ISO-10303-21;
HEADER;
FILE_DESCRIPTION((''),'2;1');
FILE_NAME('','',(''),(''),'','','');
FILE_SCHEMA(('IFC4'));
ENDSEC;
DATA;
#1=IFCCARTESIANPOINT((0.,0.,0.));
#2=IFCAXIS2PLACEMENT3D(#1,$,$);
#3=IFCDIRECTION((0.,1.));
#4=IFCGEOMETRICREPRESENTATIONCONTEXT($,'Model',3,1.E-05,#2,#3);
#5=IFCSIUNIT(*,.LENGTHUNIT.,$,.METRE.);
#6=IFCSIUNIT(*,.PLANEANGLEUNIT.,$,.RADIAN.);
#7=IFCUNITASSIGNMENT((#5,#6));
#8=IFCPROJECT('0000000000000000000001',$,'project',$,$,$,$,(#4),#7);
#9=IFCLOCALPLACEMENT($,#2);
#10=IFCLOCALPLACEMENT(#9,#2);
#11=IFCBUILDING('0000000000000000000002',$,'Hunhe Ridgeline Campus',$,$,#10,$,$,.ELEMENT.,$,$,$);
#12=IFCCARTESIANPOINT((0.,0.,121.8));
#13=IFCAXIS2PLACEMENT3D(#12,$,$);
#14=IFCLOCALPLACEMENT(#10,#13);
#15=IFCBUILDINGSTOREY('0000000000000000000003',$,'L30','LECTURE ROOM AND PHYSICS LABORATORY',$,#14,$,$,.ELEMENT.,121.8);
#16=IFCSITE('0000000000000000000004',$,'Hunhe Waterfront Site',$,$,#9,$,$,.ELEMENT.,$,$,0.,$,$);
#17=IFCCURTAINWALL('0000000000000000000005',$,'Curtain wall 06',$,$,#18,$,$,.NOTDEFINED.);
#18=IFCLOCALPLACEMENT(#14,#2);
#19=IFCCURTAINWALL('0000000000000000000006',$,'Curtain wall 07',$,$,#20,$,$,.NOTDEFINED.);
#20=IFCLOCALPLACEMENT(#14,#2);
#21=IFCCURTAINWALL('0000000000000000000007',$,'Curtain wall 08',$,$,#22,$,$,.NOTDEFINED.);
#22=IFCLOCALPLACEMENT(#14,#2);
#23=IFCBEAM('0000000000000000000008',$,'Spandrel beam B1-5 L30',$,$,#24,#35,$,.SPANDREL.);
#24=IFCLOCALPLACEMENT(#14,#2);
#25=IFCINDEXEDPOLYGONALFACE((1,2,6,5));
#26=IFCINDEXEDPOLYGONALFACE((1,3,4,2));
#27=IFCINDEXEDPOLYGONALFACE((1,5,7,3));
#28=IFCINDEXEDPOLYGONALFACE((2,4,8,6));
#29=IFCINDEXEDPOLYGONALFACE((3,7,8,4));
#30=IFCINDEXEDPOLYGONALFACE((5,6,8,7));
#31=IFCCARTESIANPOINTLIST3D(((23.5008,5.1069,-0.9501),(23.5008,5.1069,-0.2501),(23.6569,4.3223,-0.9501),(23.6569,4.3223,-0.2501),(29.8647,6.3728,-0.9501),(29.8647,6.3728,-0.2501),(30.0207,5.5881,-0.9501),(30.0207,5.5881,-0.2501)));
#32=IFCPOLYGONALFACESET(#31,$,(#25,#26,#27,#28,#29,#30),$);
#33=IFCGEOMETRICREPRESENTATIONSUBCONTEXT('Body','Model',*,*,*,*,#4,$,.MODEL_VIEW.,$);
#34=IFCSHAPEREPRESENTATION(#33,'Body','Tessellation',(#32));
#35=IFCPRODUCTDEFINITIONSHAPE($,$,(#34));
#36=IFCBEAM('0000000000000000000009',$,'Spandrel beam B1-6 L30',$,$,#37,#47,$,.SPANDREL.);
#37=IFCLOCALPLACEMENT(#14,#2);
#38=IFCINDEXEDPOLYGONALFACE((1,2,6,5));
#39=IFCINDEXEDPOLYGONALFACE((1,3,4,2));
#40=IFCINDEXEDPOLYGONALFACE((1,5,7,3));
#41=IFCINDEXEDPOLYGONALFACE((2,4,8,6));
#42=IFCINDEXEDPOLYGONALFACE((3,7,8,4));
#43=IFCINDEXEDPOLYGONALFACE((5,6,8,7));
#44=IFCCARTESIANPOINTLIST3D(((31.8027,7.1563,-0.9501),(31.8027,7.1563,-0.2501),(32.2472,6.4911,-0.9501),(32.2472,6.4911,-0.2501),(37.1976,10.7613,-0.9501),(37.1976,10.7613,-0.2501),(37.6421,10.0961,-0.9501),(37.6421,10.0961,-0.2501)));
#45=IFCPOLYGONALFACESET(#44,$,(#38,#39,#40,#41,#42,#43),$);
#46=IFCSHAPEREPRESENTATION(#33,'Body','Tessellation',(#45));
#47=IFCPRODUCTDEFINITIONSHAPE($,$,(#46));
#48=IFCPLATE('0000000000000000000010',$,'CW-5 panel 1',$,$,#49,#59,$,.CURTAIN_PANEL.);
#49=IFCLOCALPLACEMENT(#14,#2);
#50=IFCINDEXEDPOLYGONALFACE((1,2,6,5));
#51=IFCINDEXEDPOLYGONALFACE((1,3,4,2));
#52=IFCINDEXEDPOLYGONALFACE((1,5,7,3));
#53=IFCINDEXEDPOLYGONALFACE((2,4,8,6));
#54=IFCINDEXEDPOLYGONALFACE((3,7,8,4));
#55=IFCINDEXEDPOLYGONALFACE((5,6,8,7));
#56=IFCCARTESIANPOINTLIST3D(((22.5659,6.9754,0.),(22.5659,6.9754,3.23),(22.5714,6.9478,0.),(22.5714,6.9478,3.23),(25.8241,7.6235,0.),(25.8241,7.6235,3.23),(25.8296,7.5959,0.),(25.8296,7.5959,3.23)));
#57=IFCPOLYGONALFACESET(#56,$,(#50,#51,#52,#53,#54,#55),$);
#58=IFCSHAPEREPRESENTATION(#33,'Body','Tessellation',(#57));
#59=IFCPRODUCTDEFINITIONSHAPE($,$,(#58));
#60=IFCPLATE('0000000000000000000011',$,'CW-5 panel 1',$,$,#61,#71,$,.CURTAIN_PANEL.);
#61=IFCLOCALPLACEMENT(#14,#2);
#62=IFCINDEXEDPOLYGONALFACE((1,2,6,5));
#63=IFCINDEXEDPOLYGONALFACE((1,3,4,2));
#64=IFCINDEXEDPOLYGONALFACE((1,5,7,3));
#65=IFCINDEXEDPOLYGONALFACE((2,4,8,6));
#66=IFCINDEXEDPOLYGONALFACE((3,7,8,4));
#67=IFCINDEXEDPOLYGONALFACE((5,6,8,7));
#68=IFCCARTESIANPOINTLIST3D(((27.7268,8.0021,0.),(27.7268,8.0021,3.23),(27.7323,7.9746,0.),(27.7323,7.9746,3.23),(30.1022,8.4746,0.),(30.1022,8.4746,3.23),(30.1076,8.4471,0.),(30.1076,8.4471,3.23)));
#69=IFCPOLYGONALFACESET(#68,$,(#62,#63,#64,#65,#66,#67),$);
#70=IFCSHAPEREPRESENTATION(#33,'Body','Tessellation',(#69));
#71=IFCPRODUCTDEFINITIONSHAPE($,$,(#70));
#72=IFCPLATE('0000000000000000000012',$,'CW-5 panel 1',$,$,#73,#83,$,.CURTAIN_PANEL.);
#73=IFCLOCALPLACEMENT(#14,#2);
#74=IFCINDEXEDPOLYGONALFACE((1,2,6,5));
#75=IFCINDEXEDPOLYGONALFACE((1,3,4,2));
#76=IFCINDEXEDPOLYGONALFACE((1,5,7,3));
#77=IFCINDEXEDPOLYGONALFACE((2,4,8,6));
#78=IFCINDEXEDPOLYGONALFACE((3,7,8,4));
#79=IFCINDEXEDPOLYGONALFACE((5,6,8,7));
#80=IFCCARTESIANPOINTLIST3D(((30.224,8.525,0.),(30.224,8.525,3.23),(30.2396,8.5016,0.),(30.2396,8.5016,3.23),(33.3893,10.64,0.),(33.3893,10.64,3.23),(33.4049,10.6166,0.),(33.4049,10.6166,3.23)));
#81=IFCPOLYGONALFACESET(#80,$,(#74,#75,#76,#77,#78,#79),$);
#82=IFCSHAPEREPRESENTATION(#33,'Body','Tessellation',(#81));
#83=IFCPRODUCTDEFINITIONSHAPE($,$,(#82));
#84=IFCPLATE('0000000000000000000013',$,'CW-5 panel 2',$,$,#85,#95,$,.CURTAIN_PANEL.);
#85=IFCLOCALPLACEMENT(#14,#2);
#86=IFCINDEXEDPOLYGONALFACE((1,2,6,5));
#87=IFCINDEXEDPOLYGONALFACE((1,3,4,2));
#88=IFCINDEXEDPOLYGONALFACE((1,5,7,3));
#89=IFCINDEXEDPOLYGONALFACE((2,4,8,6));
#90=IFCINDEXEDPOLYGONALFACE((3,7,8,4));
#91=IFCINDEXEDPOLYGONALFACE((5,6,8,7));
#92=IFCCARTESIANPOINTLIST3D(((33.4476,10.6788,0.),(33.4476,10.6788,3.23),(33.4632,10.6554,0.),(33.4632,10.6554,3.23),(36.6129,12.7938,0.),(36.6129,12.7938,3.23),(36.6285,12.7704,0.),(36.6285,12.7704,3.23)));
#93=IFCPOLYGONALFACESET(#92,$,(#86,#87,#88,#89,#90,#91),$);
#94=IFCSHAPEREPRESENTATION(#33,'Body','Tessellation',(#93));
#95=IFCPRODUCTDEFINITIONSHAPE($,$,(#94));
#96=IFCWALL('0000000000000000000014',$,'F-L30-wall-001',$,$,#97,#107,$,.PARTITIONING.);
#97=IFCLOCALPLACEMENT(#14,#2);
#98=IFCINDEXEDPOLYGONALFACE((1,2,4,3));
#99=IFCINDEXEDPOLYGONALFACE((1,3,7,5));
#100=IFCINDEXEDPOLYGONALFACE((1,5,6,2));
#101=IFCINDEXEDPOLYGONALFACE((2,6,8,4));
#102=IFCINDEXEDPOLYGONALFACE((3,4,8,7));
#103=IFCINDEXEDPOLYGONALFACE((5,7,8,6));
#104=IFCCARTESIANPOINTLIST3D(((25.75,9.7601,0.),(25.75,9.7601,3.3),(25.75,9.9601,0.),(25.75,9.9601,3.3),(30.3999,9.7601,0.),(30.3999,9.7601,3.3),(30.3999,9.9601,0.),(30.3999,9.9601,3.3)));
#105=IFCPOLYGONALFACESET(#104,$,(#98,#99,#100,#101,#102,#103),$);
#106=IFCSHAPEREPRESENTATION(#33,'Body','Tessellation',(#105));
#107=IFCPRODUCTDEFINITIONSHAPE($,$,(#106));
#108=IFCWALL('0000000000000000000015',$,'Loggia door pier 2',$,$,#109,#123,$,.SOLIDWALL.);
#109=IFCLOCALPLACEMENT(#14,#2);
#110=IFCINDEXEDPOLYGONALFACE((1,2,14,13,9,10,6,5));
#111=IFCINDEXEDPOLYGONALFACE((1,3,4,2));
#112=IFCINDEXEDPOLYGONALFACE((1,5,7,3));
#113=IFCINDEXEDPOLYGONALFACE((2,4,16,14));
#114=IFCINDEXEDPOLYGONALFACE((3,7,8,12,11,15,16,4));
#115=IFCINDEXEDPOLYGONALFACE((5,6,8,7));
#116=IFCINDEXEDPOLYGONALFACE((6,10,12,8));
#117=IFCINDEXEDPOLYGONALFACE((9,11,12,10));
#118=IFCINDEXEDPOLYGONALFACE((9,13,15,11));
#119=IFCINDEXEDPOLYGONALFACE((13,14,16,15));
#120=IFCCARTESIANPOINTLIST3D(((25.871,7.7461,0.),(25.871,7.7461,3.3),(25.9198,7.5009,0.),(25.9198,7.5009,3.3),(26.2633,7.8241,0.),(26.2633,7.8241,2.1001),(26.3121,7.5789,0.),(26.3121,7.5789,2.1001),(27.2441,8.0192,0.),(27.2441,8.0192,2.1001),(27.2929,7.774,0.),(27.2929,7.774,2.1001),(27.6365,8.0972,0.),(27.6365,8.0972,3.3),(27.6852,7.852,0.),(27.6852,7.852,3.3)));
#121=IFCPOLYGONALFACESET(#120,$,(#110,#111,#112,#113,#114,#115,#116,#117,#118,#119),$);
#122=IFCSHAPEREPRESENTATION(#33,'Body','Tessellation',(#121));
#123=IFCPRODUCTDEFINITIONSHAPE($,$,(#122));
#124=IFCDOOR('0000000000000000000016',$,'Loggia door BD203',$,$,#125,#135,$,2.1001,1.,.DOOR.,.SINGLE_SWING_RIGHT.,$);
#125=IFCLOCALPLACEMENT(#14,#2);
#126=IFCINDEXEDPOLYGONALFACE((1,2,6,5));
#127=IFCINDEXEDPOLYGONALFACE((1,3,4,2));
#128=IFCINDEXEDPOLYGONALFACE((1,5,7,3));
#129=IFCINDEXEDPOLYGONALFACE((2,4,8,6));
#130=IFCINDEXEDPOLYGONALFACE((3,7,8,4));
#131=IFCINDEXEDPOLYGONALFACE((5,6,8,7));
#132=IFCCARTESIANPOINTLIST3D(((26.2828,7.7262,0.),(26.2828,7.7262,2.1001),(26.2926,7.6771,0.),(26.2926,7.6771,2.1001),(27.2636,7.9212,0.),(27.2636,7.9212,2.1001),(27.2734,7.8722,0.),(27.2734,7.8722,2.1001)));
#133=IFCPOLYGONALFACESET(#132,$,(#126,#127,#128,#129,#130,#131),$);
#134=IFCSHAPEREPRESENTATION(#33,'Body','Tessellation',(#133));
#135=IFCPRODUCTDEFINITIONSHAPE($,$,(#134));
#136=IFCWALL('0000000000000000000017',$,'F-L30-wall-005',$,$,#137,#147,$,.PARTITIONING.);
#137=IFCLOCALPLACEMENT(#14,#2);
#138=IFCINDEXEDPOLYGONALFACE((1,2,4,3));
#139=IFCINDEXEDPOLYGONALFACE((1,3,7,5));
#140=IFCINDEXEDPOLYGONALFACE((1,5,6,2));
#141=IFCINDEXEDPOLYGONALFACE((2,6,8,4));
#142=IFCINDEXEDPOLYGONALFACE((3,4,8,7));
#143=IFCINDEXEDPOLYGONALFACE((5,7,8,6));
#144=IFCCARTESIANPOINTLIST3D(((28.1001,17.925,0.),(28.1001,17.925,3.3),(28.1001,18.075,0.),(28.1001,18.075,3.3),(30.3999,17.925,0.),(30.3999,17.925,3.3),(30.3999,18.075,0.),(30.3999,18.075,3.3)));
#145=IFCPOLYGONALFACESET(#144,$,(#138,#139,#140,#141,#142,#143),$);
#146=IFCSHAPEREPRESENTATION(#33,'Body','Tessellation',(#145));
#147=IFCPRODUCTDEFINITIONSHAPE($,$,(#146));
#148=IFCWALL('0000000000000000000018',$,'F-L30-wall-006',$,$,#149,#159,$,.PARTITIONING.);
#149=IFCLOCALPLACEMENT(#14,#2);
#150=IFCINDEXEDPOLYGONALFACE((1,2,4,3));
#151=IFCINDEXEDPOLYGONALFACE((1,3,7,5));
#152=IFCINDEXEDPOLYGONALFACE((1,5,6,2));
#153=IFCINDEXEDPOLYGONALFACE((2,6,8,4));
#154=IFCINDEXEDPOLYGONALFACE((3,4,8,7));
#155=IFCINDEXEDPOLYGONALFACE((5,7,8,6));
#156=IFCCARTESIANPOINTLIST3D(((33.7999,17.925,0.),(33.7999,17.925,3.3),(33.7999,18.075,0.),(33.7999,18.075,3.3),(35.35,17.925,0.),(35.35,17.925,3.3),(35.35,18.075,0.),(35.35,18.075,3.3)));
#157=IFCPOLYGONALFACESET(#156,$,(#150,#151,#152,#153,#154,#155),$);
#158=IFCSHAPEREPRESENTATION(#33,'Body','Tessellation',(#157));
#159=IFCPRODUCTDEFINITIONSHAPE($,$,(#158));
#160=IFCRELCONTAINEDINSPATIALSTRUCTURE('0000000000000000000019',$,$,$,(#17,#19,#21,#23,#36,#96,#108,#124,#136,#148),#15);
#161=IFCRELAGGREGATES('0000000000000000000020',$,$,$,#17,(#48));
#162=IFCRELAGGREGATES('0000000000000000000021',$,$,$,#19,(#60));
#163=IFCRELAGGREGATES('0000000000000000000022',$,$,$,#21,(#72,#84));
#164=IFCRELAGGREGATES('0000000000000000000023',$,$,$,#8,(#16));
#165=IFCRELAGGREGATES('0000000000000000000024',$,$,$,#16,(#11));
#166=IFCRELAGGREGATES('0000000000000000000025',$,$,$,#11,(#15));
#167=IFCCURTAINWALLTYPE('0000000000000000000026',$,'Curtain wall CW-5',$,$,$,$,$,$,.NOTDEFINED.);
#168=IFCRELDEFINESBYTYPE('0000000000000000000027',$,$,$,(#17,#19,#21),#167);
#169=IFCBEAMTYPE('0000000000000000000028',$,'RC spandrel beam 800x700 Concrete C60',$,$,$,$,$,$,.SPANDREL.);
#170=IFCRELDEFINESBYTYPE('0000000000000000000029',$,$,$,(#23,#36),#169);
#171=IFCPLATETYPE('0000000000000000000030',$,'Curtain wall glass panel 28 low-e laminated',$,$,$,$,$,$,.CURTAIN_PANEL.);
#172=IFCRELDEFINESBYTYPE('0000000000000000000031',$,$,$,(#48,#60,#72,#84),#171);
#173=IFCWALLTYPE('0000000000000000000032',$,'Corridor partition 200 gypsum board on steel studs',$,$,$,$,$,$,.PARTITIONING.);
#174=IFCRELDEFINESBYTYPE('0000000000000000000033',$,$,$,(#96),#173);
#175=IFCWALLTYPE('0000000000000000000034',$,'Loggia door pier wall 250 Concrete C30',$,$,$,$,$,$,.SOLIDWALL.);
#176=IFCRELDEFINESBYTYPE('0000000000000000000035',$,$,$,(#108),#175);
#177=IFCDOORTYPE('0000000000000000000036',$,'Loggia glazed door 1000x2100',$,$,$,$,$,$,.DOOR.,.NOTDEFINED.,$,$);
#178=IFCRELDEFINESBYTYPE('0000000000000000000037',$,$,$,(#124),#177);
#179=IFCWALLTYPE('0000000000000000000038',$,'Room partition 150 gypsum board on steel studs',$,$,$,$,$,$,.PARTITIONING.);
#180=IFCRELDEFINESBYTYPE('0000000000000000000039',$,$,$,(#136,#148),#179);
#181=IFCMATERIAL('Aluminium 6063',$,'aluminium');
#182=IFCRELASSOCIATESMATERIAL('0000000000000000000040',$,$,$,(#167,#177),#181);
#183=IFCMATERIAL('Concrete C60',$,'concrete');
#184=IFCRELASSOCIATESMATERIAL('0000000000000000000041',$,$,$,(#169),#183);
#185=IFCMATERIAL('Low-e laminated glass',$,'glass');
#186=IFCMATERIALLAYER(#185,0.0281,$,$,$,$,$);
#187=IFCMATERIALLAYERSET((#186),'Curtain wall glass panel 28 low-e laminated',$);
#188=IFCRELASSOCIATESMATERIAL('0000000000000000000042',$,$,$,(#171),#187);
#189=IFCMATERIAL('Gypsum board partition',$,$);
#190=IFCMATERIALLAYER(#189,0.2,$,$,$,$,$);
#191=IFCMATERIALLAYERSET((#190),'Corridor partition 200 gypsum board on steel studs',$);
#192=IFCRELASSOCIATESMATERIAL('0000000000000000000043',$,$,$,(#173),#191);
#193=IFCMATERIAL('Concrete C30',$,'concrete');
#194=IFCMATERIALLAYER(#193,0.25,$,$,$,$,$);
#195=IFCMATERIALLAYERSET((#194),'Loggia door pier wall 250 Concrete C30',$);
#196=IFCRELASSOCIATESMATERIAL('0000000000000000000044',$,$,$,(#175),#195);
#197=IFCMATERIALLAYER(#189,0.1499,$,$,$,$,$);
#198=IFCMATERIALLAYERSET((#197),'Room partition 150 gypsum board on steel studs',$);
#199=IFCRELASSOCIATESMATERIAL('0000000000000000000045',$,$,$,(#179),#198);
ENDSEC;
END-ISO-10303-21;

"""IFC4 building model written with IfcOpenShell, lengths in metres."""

from ifc_helpers import new_model, si_unit, direction, frame, frame_2d, origin, origin_2d, place, context, subcontext, project, spatial, rectangle, extrude, material, layer, layer_set, material_profile, profile_set, type_object, element, fill, aggregate, save


model = new_model("IFC4")

# Units and contexts
model_context = context("Model", 3, precision=1e-05, world=origin(), true_north=direction((0.0, 1.0)))
body_context = subcontext(model_context, "Body", "Model", "MODEL_VIEW")
ifc_project = project(units=[si_unit("LENGTHUNIT", "METRE"), si_unit("PLANEANGLEUNIT", "RADIAN")], contexts=[model_context])

# Site, building, storey
site_placement = place(None, origin())
site = spatial("IfcSite", under=ifc_project, at=site_placement, Name="Hunhe Waterfront Site", CompositionType="ELEMENT", RefElevation=0.0)
building_placement = place(site_placement, origin())
building = spatial("IfcBuilding", under=site, at=building_placement, Name="Hunhe Ridgeline Campus", CompositionType="ELEMENT")
storey_placement = place(building_placement, frame((0.0, 0.0, 121.8)))
storey = spatial("IfcBuildingStorey", under=building, at=storey_placement, Name="L30", Description="LECTURE ROOM AND PHYSICS LABORATORY", CompositionType="ELEMENT", Elevation=121.8)

# Shared definitions
ifc_material_1 = material(Name="Aluminium 6063", Category="aluminium")
curtain_wall_type = type_object("IfcCurtainWallType", Name="Curtain wall CW-5", PredefinedType="NOTDEFINED", material=ifc_material_1)

# Curtain walls
curtain_wall_1_placement = place(storey_placement, origin())
curtain_wall_1 = element("IfcCurtainWall", 1, at=curtain_wall_1_placement, inside=storey, type_object=curtain_wall_type, Name="Curtain wall 06", PredefinedType="NOTDEFINED")
curtain_wall_2_placement = place(storey_placement, origin())
curtain_wall_2 = element("IfcCurtainWall", 2, at=curtain_wall_2_placement, inside=storey, type_object=curtain_wall_type, Name="Curtain wall 07", PredefinedType="NOTDEFINED")
curtain_wall_3_placement = place(storey_placement, origin())
curtain_wall_3 = element("IfcCurtainWall", 3, at=curtain_wall_3_placement, inside=storey, type_object=curtain_wall_type, Name="Curtain wall 08", PredefinedType="NOTDEFINED")

# Beams
ifc_material_2 = material(Name="Concrete C60", Category="concrete")
ifc_material_profile_1 = material_profile(ifc_material_2, rectangle(XDim=0.8, YDim=0.7, at=origin_2d()))
ifc_profile_set_1 = profile_set([ifc_material_profile_1], Name="Concrete C60")
beam_type = type_object("IfcBeamType", Name="RC spandrel beam 800x700 Concrete C60", PredefinedType="SPANDREL", material=ifc_profile_set_1)
for number, where, z_axis, x_axis, name in (
    (4, (23.5789, 4.7146, -0.6001), (0.980784, 0.195096, 0.0), (-0.195096, 0.980784, 0.0), "Spandrel beam B1-5 L30"),
    (5, (32.0249, 6.8237, -0.6001), (0.831459, 0.555586, 0.0), (-0.555586, 0.831459, 0.0), "Spandrel beam B1-6 L30"),
):
    element("IfcBeam", number, at=place(storey_placement, frame(where, z_axis=z_axis, x_axis=x_axis)), inside=storey, type_object=beam_type, Name=name, PredefinedType="SPANDREL", context=body_context, shape_type="SweptSolid", body=[
        extrude(rectangle(XDim=0.8, YDim=0.7, at=origin_2d()), origin(), (0.0, 0.0, 1.0), 6.4885),
    ])

# Plates
ifc_material_3 = material(Name="Low-e laminated glass", Category="glass")
ifc_layer_1 = layer(ifc_material_3, 0.0281)
ifc_layer_set_1 = layer_set([ifc_layer_1], Name="Curtain wall glass panel 28 low-e laminated")
plate_type = type_object("IfcPlateType", Name="Curtain wall glass panel 28 low-e laminated", PredefinedType="CURTAIN_PANEL", material=ifc_layer_set_1)
plate_1_placement = place(storey_placement, frame((24.1978, 7.2856, 0.0), z_axis=(0.0, 0.0, 1.0), x_axis=(0.980785, 0.19509, 0.0)))
plate_1 = element("IfcPlate", 6, at=plate_1_placement, type_object=plate_type, Name="CW-5 panel 1", PredefinedType="CURTAIN_PANEL", context=body_context, shape_type="SweptSolid", body=[
    extrude(rectangle(XDim=3.322, YDim=0.0281, at=origin_2d()), origin(), (0.0, 0.0, 1.0), 3.23),
])
aggregate(curtain_wall_1, [plate_1])
plate_2_placement = place(storey_placement, frame((28.9172, 8.2246, 0.0), z_axis=(0.0, 0.0, 1.0), x_axis=(0.980785, 0.195091, 0.0)))
plate_2 = element("IfcPlate", 7, at=plate_2_placement, type_object=plate_type, Name="CW-5 panel 1", PredefinedType="CURTAIN_PANEL", context=body_context, shape_type="SweptSolid", body=[
    extrude(rectangle(XDim=2.4219, YDim=0.0281, at=origin_2d()), origin(), (0.0, 0.0, 1.0), 3.23),
])
aggregate(curtain_wall_2, [plate_2])
plate_3_placement = place(storey_placement, frame((31.8145, 9.5708, 0.0), z_axis=(0.0, 0.0, 1.0), x_axis=(0.83147, 0.55557, 0.0)))
plate_3 = element("IfcPlate", 8, at=plate_3_placement, type_object=plate_type, Name="CW-5 panel 1", PredefinedType="CURTAIN_PANEL", context=body_context, shape_type="SweptSolid", body=[
    extrude(rectangle(XDim=3.8069, YDim=0.0281, at=origin_2d()), origin(), (0.0, 0.0, 1.0), 3.23),
])
plate_4_placement = place(storey_placement, frame((35.0381, 11.7246, 0.0), z_axis=(0.0, 0.0, 1.0), x_axis=(0.83147, 0.55557, 0.0)))
plate_4 = element("IfcPlate", 9, at=plate_4_placement, type_object=plate_type, Name="CW-5 panel 2", PredefinedType="CURTAIN_PANEL", context=body_context, shape_type="SweptSolid", body=[
    extrude(rectangle(XDim=3.8069, YDim=0.0281, at=origin_2d()), origin(), (0.0, 0.0, 1.0), 3.23),
])
aggregate(curtain_wall_3, [plate_3, plate_4])

# Wall
ifc_material_4 = material(Name="Gypsum board partition")
ifc_layer_2 = layer(ifc_material_4, 0.2)
ifc_layer_set_2 = layer_set([ifc_layer_2], Name="Corridor partition 200 gypsum board on steel studs")
wall_type_1 = type_object("IfcWallType", Name="Corridor partition 200 gypsum board on steel studs", PredefinedType="PARTITIONING", material=ifc_layer_set_2)
wall_1_placement = place(storey_placement, frame((25.75, 9.8601, 0.0), z_axis=(0.0, 0.0, 1.0), x_axis=(1.0, 0.0, 0.0)))
element("IfcWall", 10, at=wall_1_placement, inside=storey, type_object=wall_type_1, Name="F-L30-wall-001", PredefinedType="PARTITIONING", context=body_context, shape_type="SweptSolid", body=[
    extrude(rectangle(XDim=4.6499, YDim=0.2, at=frame_2d((2.325, 0.0))), origin(), (0.0, 0.0, 1.0), 3.3),
])

# Wall, opening, door
ifc_material_5 = material(Name="Concrete C30", Category="concrete")
ifc_layer_3 = layer(ifc_material_5, 0.25)
ifc_layer_set_3 = layer_set([ifc_layer_3], Name="Loggia door pier wall 250 Concrete C30")
wall_type_2 = type_object("IfcWallType", Name="Loggia door pier wall 250 Concrete C30", PredefinedType="SOLIDWALL", material=ifc_layer_set_3)
wall_2_placement = place(storey_placement, frame((25.8955, 7.6235, 0.0), z_axis=(0.0, 0.0, 1.0), x_axis=(0.980794, 0.195047, 0.0)))
wall_2 = element("IfcWall", 11, at=wall_2_placement, inside=storey, type_object=wall_type_2, Name="Loggia door pier 2", PredefinedType="SOLIDWALL", context=body_context, shape_type="SweptSolid", body=[
    extrude(rectangle(XDim=1.8, YDim=0.25, at=frame_2d((0.8999, 0.0))), origin(), (0.0, 0.0, 1.0), 3.3),
])
opening_1_placement = place(wall_2_placement, frame((0.3999, 0.0, 0.0)))
opening_1 = element("IfcOpeningElement", 12, at=opening_1_placement, cuts=wall_2, PredefinedType="OPENING", context=body_context, shape_type="SweptSolid", body=[
    extrude(rectangle(XDim=1.0, YDim=2.1001, at=frame_2d((0.5, 1.05))), frame((0.0, 0.125, 0.0), z_axis=(0.0, -1.0, 0.0), x_axis=(1.0, 0.0, 0.0)), (0.0, 0.0, 1.0), 0.25),
])
door_type_1 = type_object("IfcDoorType", Name="Loggia glazed door 1000x2100", OperationType="NOTDEFINED", PredefinedType="DOOR", material=ifc_material_1)
door_1_placement = place(opening_1_placement, frame((1.0, 0.0, 0.0), z_axis=(0.0, 0.0, 1.0), x_axis=(-1.0, 0.0, 0.0)))
door_1 = element("IfcDoor", 13, at=door_1_placement, inside=storey, type_object=door_type_1, Name="Loggia door BD203", OperationType="SINGLE_SWING_RIGHT", OverallHeight=2.1001, OverallWidth=1.0, PredefinedType="DOOR", context=body_context, shape_type="SweptSolid", body=[
    extrude(rectangle(XDim=1.0, YDim=2.1001, at=frame_2d((0.5, 1.05))), frame((0.0, 0.0249, 0.0), z_axis=(0.0, -1.0, 0.0), x_axis=(1.0, 0.0, 0.0)), (0.0, 0.0, 1.0), 0.05),
])
fill(opening_1, door_1)

# Walls
ifc_layer_4 = layer(ifc_material_4, 0.1499)
ifc_layer_set_4 = layer_set([ifc_layer_4], Name="Room partition 150 gypsum board on steel studs")
wall_type_3 = type_object("IfcWallType", Name="Room partition 150 gypsum board on steel studs", PredefinedType="PARTITIONING", material=ifc_layer_set_4)
wall_3_placement = place(storey_placement, frame((28.1001, 18.0, 0.0), z_axis=(0.0, 0.0, 1.0), x_axis=(1.0, 0.0, 0.0)))
element("IfcWall", 14, at=wall_3_placement, inside=storey, type_object=wall_type_3, Name="F-L30-wall-005", PredefinedType="PARTITIONING", context=body_context, shape_type="SweptSolid", body=[
    extrude(rectangle(XDim=2.2998, YDim=0.1499, at=frame_2d((1.1499, 0.0))), origin(), (0.0, 0.0, 1.0), 3.3),
])
wall_4_placement = place(storey_placement, frame((33.8, 18.0, 0.0), z_axis=(0.0, 0.0, 1.0), x_axis=(1.0, 0.0, 0.0)))
element("IfcWall", 15, at=wall_4_placement, inside=storey, type_object=wall_type_3, Name="F-L30-wall-006", PredefinedType="PARTITIONING", context=body_context, shape_type="SweptSolid", body=[
    extrude(rectangle(XDim=1.55, YDim=0.1499, at=frame_2d((0.7749, 0.0))), origin(), (0.0, 0.0, 1.0), 3.3),
])

save(model, "model.ifc")
